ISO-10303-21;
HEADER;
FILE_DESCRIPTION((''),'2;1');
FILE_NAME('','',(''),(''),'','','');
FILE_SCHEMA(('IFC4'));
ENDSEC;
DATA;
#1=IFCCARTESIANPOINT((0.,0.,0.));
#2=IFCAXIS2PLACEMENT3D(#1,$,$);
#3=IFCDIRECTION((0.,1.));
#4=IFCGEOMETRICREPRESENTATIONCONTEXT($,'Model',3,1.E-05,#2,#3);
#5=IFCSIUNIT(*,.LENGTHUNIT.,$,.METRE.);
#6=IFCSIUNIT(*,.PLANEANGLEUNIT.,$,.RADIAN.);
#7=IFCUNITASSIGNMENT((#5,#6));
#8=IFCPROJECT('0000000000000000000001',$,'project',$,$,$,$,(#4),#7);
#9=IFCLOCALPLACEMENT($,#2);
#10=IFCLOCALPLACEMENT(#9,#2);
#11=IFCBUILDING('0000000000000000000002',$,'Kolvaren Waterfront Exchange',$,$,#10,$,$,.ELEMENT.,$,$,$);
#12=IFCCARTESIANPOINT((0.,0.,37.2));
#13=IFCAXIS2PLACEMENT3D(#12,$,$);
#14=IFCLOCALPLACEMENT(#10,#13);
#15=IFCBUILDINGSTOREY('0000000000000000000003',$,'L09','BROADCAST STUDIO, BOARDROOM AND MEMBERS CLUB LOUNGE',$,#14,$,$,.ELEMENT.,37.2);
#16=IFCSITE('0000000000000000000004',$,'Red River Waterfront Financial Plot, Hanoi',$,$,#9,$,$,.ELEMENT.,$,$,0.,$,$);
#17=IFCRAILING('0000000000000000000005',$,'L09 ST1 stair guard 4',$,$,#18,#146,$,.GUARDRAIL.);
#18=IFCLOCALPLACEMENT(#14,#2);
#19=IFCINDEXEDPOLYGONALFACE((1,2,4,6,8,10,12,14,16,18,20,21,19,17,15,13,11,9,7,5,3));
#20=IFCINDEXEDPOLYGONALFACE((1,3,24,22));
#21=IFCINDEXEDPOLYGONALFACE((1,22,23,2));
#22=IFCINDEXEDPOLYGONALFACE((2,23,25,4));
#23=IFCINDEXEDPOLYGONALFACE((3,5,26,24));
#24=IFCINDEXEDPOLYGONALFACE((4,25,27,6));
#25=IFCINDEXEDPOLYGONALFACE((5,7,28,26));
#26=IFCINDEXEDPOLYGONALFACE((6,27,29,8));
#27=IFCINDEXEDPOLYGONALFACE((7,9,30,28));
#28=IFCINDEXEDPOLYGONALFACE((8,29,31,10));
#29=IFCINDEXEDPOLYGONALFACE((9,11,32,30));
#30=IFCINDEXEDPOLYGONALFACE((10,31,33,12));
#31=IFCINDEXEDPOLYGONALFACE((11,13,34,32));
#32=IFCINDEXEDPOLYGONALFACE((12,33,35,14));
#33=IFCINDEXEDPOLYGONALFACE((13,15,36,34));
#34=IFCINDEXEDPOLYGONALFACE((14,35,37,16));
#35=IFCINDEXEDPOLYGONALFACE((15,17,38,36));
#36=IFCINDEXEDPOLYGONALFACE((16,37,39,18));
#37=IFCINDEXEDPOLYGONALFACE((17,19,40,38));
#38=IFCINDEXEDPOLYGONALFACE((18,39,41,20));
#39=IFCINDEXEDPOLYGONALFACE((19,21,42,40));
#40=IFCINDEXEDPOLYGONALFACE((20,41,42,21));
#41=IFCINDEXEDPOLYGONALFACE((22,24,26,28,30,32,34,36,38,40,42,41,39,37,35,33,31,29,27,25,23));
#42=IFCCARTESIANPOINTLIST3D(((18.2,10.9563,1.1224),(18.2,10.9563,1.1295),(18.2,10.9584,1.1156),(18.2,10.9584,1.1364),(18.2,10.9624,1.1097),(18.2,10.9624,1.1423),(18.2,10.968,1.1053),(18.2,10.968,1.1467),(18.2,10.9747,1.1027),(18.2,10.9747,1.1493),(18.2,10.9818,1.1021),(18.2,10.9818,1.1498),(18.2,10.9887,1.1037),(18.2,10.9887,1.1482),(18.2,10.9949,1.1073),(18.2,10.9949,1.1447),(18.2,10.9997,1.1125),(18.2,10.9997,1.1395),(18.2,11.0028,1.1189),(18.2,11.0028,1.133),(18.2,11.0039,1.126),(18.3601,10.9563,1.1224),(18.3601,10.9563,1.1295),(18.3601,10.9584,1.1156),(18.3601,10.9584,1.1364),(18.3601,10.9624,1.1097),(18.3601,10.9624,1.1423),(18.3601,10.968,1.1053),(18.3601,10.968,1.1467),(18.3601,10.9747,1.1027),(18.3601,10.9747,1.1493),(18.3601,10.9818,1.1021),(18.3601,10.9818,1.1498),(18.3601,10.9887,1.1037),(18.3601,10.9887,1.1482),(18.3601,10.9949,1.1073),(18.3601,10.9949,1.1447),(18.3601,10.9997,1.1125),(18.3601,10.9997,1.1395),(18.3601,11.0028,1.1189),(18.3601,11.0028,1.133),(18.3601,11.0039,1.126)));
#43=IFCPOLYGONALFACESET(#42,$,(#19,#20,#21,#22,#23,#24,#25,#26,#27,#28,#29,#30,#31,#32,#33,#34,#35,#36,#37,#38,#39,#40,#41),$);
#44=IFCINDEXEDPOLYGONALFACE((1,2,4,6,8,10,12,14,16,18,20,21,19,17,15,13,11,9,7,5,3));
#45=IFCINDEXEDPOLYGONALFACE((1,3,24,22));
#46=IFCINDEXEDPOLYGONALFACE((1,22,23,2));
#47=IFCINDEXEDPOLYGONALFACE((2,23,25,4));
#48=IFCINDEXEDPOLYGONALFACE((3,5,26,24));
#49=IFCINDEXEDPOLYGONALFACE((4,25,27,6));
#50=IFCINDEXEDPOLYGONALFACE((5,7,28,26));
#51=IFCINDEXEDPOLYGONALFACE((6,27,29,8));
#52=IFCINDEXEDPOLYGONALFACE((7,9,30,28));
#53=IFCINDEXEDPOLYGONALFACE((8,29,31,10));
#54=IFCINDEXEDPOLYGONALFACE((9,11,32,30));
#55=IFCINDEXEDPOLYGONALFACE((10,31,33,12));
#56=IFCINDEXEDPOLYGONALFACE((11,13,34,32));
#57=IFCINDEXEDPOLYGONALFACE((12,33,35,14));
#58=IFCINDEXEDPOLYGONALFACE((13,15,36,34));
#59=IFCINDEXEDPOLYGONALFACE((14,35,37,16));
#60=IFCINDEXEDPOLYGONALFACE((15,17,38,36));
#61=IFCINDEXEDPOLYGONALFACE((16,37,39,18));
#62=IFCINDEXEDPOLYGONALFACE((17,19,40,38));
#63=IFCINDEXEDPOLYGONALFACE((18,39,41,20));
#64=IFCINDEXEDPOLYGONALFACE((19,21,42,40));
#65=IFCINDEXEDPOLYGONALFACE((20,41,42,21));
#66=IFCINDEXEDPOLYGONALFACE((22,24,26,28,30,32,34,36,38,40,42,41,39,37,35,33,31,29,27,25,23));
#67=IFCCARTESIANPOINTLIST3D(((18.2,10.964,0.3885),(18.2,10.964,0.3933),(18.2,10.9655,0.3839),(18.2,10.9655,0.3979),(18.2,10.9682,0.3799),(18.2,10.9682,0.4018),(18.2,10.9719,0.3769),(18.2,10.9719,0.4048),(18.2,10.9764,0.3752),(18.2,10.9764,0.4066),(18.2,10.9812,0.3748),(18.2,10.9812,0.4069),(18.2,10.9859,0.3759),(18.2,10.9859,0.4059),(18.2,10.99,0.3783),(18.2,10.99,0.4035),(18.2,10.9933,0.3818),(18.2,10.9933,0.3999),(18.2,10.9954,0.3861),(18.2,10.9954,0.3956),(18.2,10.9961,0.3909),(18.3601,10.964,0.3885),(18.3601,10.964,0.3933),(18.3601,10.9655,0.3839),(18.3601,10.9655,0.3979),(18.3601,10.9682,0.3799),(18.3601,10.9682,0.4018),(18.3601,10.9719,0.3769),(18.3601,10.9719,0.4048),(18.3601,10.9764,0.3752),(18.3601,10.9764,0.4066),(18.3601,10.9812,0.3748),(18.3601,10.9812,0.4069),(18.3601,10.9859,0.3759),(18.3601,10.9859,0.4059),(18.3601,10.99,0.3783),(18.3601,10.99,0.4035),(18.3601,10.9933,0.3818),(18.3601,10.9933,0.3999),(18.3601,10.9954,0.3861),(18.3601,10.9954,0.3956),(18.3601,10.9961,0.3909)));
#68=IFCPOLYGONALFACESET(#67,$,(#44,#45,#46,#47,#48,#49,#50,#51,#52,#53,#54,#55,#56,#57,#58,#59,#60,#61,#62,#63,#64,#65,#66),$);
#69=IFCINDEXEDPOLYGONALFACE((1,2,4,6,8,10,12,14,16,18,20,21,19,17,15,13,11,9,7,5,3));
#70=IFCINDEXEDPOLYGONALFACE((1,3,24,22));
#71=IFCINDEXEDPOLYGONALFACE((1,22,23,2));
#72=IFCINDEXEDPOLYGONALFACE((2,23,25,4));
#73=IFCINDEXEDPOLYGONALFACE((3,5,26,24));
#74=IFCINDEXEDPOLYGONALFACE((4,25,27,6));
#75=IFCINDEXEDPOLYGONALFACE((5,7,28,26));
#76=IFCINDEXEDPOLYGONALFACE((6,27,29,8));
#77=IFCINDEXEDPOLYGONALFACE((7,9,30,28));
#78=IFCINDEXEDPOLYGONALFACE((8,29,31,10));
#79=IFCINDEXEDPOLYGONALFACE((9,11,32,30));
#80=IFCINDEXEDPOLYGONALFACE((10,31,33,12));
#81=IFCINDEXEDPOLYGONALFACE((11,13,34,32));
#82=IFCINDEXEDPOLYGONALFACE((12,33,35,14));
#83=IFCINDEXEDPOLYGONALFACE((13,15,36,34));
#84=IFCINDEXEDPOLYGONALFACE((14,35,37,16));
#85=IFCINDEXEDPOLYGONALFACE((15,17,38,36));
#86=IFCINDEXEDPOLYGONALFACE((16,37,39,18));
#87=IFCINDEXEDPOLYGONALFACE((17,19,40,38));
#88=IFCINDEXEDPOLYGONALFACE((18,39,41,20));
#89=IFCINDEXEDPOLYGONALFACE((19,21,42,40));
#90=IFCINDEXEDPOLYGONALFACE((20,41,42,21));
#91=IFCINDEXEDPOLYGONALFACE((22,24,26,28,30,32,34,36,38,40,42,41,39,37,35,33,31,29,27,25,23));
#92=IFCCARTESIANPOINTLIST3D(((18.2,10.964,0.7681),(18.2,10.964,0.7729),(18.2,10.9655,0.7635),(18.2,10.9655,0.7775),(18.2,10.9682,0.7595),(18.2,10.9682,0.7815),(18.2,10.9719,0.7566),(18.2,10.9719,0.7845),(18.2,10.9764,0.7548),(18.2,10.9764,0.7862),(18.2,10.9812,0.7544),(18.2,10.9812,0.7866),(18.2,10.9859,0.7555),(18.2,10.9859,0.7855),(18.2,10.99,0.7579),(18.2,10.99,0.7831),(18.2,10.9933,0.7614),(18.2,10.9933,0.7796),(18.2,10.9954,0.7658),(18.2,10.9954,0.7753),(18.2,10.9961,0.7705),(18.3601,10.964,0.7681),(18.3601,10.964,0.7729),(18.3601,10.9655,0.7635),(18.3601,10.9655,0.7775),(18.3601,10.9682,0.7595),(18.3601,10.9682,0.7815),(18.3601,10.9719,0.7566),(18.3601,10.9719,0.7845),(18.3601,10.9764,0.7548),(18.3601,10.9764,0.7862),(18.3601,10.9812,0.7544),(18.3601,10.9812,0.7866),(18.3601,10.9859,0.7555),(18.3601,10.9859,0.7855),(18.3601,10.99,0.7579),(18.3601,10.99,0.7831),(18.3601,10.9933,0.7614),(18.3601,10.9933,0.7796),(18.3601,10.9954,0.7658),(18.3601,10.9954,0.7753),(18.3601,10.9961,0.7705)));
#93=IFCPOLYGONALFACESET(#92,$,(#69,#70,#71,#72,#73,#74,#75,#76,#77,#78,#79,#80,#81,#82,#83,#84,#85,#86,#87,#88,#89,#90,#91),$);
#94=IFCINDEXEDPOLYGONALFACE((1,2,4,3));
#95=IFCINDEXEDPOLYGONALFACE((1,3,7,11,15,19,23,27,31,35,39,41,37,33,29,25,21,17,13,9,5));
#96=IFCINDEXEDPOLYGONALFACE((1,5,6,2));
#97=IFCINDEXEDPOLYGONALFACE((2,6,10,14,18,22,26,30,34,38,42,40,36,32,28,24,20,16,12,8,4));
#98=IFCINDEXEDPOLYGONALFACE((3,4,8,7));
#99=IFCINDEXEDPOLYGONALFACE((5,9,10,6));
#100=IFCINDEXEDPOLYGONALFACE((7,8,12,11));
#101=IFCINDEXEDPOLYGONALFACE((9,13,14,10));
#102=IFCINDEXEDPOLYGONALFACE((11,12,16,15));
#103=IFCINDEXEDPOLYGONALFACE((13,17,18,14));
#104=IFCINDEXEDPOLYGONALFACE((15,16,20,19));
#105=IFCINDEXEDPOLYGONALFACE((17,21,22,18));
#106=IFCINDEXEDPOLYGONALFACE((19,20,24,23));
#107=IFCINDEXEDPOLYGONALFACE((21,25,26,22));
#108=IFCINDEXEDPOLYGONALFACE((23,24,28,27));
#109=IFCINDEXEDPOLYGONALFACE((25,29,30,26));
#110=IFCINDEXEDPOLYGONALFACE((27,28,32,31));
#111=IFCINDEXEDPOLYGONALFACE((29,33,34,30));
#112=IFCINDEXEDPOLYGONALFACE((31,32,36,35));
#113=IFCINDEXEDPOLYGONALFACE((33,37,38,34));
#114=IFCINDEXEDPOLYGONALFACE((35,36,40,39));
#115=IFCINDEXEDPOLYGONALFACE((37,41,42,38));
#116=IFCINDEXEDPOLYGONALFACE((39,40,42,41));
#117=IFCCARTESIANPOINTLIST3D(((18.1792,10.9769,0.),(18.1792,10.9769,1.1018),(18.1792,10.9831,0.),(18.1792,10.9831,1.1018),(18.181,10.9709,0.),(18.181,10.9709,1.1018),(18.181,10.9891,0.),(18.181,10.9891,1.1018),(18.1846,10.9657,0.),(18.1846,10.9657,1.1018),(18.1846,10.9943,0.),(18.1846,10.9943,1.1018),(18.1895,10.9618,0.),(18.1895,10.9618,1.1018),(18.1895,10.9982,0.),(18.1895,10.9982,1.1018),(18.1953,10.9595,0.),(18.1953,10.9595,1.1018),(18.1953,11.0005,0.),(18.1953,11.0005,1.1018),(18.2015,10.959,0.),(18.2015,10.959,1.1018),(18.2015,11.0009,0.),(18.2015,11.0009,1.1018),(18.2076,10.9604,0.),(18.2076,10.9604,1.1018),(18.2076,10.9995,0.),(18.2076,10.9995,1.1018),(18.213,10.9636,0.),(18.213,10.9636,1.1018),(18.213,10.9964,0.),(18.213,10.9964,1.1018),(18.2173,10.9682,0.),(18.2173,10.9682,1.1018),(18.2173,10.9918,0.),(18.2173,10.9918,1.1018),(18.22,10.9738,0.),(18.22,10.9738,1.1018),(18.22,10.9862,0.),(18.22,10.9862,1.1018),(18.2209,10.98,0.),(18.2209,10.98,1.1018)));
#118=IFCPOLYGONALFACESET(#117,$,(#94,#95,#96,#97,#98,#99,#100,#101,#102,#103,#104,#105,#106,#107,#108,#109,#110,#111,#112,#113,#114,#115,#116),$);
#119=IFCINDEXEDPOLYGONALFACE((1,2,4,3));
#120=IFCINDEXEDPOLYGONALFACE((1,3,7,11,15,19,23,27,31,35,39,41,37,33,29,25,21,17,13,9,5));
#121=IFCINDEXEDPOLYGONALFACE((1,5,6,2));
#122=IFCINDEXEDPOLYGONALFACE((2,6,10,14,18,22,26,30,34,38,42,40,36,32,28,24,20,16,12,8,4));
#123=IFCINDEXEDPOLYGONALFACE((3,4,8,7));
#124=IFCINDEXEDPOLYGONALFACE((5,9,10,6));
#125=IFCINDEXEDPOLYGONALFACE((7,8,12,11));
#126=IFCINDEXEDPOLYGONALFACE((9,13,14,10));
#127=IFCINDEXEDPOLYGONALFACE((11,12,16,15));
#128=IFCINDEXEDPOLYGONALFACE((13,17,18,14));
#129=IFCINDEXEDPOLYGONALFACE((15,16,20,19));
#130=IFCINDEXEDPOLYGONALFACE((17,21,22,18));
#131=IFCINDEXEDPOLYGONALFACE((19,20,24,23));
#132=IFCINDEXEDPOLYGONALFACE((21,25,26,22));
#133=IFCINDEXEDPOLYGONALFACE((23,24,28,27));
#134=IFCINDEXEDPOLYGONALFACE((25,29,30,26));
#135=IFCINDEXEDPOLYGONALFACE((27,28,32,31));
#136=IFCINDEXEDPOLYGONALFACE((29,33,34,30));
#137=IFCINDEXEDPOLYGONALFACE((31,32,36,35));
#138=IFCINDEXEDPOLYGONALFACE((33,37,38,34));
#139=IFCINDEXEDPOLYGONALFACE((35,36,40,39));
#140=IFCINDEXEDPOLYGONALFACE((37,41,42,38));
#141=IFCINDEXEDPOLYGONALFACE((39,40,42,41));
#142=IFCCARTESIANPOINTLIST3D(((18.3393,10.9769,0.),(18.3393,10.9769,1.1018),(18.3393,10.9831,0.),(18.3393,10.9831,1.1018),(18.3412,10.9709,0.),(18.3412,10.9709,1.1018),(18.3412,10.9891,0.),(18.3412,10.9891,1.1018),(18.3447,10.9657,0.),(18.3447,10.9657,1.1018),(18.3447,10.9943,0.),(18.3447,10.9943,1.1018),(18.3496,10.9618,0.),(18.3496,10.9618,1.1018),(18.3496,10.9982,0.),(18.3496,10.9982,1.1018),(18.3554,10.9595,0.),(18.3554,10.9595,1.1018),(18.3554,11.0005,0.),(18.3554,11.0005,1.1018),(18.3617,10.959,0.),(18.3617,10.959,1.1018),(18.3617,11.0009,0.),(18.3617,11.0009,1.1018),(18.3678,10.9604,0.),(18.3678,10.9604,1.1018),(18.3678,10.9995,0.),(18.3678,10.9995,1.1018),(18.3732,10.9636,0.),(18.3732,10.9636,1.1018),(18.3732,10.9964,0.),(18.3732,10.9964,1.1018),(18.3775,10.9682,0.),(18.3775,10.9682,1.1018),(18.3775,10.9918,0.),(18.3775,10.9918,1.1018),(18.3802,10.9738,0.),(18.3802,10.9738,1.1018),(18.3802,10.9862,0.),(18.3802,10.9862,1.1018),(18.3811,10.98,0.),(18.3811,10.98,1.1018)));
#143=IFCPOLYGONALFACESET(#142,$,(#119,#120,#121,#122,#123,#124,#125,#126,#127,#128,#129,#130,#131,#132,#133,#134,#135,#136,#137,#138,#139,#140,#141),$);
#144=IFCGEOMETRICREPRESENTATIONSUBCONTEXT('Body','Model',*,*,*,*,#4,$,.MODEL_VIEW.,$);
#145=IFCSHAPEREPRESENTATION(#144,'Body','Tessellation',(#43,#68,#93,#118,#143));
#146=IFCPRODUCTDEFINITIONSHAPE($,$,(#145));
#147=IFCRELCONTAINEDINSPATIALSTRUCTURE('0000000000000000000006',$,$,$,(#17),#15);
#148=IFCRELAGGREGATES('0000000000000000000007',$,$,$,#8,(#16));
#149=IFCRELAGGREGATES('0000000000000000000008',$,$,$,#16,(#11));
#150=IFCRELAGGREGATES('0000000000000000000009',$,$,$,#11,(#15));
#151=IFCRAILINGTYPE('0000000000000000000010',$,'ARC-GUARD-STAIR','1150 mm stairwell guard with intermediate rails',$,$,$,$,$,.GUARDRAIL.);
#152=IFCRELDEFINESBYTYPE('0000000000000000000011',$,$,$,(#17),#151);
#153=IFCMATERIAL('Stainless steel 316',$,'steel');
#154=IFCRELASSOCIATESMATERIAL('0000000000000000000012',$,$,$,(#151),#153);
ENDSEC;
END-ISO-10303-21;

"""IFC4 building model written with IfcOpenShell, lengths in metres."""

from ifc_helpers import new_model, si_unit, direction, frame, origin, origin_2d, place, context, subcontext, project, spatial, circle, extrude, material, type_object, element, save


model = new_model("IFC4")

# Units and contexts
model_context = context("Model", 3, precision=1e-05, world=origin(), true_north=direction((0.0, 1.0)))
body_context = subcontext(model_context, "Body", "Model", "MODEL_VIEW")
ifc_project = project(units=[si_unit("LENGTHUNIT", "METRE"), si_unit("PLANEANGLEUNIT", "RADIAN")], contexts=[model_context])

# Site, building, storey
site_placement = place(None, origin())
site = spatial("IfcSite", under=ifc_project, at=site_placement, Name="Red River Waterfront Financial Plot, Hanoi", CompositionType="ELEMENT", RefElevation=0.0)
building_placement = place(site_placement, origin())
building = spatial("IfcBuilding", under=site, at=building_placement, Name="Kolvaren Waterfront Exchange", CompositionType="ELEMENT")
storey_placement = place(building_placement, frame((0.0, 0.0, 37.2)))
storey = spatial("IfcBuildingStorey", under=building, at=storey_placement, Name="L09", Description="BROADCAST STUDIO, BOARDROOM AND MEMBERS CLUB LOUNGE", CompositionType="ELEMENT", Elevation=37.2)

# Railing
ifc_material_1 = material(Name="Stainless steel 316", Category="steel")
railing_type_1 = type_object("IfcRailingType", Name="ARC-GUARD-STAIR", Description="1150 mm stairwell guard with intermediate rails", PredefinedType="GUARDRAIL", material=ifc_material_1)
railing_1_placement = place(storey_placement, frame((18.2, 10.98, 0.0)))
element("IfcRailing", 1, at=railing_1_placement, inside=storey, type_object=railing_type_1, Name="L09 ST1 stair guard 4", PredefinedType="GUARDRAIL", context=body_context, shape_type="SweptSolid", body=[
    extrude(circle(Radius=0.0239, at=origin_2d()), frame((0.0, 0.0, 1.126), z_axis=(1.0, 0.0, 0.0), x_axis=(0.0, 1.0, 0.0)), (0.0, 0.0, 1.0), 0.1602),
    extrude(circle(Radius=0.0161, at=origin_2d()), frame((0.0, 0.0, 0.3909), z_axis=(1.0, 0.0, 0.0), x_axis=(0.0, 1.0, 0.0)), (0.0, 0.0, 1.0), 0.1602),
    extrude(circle(Radius=0.0161, at=origin_2d()), frame((0.0, 0.0, 0.7705), z_axis=(1.0, 0.0, 0.0), x_axis=(0.0, 1.0, 0.0)), (0.0, 0.0, 1.0), 0.1602),
    extrude(circle(Radius=0.021, at=origin_2d()), origin(), (0.0, 0.0, 1.0), 1.1018),
    extrude(circle(Radius=0.021, at=origin_2d()), frame((0.1602, 0.0, 0.0)), (0.0, 0.0, 1.0), 1.1018),
])

save(model, "model.ifc")
